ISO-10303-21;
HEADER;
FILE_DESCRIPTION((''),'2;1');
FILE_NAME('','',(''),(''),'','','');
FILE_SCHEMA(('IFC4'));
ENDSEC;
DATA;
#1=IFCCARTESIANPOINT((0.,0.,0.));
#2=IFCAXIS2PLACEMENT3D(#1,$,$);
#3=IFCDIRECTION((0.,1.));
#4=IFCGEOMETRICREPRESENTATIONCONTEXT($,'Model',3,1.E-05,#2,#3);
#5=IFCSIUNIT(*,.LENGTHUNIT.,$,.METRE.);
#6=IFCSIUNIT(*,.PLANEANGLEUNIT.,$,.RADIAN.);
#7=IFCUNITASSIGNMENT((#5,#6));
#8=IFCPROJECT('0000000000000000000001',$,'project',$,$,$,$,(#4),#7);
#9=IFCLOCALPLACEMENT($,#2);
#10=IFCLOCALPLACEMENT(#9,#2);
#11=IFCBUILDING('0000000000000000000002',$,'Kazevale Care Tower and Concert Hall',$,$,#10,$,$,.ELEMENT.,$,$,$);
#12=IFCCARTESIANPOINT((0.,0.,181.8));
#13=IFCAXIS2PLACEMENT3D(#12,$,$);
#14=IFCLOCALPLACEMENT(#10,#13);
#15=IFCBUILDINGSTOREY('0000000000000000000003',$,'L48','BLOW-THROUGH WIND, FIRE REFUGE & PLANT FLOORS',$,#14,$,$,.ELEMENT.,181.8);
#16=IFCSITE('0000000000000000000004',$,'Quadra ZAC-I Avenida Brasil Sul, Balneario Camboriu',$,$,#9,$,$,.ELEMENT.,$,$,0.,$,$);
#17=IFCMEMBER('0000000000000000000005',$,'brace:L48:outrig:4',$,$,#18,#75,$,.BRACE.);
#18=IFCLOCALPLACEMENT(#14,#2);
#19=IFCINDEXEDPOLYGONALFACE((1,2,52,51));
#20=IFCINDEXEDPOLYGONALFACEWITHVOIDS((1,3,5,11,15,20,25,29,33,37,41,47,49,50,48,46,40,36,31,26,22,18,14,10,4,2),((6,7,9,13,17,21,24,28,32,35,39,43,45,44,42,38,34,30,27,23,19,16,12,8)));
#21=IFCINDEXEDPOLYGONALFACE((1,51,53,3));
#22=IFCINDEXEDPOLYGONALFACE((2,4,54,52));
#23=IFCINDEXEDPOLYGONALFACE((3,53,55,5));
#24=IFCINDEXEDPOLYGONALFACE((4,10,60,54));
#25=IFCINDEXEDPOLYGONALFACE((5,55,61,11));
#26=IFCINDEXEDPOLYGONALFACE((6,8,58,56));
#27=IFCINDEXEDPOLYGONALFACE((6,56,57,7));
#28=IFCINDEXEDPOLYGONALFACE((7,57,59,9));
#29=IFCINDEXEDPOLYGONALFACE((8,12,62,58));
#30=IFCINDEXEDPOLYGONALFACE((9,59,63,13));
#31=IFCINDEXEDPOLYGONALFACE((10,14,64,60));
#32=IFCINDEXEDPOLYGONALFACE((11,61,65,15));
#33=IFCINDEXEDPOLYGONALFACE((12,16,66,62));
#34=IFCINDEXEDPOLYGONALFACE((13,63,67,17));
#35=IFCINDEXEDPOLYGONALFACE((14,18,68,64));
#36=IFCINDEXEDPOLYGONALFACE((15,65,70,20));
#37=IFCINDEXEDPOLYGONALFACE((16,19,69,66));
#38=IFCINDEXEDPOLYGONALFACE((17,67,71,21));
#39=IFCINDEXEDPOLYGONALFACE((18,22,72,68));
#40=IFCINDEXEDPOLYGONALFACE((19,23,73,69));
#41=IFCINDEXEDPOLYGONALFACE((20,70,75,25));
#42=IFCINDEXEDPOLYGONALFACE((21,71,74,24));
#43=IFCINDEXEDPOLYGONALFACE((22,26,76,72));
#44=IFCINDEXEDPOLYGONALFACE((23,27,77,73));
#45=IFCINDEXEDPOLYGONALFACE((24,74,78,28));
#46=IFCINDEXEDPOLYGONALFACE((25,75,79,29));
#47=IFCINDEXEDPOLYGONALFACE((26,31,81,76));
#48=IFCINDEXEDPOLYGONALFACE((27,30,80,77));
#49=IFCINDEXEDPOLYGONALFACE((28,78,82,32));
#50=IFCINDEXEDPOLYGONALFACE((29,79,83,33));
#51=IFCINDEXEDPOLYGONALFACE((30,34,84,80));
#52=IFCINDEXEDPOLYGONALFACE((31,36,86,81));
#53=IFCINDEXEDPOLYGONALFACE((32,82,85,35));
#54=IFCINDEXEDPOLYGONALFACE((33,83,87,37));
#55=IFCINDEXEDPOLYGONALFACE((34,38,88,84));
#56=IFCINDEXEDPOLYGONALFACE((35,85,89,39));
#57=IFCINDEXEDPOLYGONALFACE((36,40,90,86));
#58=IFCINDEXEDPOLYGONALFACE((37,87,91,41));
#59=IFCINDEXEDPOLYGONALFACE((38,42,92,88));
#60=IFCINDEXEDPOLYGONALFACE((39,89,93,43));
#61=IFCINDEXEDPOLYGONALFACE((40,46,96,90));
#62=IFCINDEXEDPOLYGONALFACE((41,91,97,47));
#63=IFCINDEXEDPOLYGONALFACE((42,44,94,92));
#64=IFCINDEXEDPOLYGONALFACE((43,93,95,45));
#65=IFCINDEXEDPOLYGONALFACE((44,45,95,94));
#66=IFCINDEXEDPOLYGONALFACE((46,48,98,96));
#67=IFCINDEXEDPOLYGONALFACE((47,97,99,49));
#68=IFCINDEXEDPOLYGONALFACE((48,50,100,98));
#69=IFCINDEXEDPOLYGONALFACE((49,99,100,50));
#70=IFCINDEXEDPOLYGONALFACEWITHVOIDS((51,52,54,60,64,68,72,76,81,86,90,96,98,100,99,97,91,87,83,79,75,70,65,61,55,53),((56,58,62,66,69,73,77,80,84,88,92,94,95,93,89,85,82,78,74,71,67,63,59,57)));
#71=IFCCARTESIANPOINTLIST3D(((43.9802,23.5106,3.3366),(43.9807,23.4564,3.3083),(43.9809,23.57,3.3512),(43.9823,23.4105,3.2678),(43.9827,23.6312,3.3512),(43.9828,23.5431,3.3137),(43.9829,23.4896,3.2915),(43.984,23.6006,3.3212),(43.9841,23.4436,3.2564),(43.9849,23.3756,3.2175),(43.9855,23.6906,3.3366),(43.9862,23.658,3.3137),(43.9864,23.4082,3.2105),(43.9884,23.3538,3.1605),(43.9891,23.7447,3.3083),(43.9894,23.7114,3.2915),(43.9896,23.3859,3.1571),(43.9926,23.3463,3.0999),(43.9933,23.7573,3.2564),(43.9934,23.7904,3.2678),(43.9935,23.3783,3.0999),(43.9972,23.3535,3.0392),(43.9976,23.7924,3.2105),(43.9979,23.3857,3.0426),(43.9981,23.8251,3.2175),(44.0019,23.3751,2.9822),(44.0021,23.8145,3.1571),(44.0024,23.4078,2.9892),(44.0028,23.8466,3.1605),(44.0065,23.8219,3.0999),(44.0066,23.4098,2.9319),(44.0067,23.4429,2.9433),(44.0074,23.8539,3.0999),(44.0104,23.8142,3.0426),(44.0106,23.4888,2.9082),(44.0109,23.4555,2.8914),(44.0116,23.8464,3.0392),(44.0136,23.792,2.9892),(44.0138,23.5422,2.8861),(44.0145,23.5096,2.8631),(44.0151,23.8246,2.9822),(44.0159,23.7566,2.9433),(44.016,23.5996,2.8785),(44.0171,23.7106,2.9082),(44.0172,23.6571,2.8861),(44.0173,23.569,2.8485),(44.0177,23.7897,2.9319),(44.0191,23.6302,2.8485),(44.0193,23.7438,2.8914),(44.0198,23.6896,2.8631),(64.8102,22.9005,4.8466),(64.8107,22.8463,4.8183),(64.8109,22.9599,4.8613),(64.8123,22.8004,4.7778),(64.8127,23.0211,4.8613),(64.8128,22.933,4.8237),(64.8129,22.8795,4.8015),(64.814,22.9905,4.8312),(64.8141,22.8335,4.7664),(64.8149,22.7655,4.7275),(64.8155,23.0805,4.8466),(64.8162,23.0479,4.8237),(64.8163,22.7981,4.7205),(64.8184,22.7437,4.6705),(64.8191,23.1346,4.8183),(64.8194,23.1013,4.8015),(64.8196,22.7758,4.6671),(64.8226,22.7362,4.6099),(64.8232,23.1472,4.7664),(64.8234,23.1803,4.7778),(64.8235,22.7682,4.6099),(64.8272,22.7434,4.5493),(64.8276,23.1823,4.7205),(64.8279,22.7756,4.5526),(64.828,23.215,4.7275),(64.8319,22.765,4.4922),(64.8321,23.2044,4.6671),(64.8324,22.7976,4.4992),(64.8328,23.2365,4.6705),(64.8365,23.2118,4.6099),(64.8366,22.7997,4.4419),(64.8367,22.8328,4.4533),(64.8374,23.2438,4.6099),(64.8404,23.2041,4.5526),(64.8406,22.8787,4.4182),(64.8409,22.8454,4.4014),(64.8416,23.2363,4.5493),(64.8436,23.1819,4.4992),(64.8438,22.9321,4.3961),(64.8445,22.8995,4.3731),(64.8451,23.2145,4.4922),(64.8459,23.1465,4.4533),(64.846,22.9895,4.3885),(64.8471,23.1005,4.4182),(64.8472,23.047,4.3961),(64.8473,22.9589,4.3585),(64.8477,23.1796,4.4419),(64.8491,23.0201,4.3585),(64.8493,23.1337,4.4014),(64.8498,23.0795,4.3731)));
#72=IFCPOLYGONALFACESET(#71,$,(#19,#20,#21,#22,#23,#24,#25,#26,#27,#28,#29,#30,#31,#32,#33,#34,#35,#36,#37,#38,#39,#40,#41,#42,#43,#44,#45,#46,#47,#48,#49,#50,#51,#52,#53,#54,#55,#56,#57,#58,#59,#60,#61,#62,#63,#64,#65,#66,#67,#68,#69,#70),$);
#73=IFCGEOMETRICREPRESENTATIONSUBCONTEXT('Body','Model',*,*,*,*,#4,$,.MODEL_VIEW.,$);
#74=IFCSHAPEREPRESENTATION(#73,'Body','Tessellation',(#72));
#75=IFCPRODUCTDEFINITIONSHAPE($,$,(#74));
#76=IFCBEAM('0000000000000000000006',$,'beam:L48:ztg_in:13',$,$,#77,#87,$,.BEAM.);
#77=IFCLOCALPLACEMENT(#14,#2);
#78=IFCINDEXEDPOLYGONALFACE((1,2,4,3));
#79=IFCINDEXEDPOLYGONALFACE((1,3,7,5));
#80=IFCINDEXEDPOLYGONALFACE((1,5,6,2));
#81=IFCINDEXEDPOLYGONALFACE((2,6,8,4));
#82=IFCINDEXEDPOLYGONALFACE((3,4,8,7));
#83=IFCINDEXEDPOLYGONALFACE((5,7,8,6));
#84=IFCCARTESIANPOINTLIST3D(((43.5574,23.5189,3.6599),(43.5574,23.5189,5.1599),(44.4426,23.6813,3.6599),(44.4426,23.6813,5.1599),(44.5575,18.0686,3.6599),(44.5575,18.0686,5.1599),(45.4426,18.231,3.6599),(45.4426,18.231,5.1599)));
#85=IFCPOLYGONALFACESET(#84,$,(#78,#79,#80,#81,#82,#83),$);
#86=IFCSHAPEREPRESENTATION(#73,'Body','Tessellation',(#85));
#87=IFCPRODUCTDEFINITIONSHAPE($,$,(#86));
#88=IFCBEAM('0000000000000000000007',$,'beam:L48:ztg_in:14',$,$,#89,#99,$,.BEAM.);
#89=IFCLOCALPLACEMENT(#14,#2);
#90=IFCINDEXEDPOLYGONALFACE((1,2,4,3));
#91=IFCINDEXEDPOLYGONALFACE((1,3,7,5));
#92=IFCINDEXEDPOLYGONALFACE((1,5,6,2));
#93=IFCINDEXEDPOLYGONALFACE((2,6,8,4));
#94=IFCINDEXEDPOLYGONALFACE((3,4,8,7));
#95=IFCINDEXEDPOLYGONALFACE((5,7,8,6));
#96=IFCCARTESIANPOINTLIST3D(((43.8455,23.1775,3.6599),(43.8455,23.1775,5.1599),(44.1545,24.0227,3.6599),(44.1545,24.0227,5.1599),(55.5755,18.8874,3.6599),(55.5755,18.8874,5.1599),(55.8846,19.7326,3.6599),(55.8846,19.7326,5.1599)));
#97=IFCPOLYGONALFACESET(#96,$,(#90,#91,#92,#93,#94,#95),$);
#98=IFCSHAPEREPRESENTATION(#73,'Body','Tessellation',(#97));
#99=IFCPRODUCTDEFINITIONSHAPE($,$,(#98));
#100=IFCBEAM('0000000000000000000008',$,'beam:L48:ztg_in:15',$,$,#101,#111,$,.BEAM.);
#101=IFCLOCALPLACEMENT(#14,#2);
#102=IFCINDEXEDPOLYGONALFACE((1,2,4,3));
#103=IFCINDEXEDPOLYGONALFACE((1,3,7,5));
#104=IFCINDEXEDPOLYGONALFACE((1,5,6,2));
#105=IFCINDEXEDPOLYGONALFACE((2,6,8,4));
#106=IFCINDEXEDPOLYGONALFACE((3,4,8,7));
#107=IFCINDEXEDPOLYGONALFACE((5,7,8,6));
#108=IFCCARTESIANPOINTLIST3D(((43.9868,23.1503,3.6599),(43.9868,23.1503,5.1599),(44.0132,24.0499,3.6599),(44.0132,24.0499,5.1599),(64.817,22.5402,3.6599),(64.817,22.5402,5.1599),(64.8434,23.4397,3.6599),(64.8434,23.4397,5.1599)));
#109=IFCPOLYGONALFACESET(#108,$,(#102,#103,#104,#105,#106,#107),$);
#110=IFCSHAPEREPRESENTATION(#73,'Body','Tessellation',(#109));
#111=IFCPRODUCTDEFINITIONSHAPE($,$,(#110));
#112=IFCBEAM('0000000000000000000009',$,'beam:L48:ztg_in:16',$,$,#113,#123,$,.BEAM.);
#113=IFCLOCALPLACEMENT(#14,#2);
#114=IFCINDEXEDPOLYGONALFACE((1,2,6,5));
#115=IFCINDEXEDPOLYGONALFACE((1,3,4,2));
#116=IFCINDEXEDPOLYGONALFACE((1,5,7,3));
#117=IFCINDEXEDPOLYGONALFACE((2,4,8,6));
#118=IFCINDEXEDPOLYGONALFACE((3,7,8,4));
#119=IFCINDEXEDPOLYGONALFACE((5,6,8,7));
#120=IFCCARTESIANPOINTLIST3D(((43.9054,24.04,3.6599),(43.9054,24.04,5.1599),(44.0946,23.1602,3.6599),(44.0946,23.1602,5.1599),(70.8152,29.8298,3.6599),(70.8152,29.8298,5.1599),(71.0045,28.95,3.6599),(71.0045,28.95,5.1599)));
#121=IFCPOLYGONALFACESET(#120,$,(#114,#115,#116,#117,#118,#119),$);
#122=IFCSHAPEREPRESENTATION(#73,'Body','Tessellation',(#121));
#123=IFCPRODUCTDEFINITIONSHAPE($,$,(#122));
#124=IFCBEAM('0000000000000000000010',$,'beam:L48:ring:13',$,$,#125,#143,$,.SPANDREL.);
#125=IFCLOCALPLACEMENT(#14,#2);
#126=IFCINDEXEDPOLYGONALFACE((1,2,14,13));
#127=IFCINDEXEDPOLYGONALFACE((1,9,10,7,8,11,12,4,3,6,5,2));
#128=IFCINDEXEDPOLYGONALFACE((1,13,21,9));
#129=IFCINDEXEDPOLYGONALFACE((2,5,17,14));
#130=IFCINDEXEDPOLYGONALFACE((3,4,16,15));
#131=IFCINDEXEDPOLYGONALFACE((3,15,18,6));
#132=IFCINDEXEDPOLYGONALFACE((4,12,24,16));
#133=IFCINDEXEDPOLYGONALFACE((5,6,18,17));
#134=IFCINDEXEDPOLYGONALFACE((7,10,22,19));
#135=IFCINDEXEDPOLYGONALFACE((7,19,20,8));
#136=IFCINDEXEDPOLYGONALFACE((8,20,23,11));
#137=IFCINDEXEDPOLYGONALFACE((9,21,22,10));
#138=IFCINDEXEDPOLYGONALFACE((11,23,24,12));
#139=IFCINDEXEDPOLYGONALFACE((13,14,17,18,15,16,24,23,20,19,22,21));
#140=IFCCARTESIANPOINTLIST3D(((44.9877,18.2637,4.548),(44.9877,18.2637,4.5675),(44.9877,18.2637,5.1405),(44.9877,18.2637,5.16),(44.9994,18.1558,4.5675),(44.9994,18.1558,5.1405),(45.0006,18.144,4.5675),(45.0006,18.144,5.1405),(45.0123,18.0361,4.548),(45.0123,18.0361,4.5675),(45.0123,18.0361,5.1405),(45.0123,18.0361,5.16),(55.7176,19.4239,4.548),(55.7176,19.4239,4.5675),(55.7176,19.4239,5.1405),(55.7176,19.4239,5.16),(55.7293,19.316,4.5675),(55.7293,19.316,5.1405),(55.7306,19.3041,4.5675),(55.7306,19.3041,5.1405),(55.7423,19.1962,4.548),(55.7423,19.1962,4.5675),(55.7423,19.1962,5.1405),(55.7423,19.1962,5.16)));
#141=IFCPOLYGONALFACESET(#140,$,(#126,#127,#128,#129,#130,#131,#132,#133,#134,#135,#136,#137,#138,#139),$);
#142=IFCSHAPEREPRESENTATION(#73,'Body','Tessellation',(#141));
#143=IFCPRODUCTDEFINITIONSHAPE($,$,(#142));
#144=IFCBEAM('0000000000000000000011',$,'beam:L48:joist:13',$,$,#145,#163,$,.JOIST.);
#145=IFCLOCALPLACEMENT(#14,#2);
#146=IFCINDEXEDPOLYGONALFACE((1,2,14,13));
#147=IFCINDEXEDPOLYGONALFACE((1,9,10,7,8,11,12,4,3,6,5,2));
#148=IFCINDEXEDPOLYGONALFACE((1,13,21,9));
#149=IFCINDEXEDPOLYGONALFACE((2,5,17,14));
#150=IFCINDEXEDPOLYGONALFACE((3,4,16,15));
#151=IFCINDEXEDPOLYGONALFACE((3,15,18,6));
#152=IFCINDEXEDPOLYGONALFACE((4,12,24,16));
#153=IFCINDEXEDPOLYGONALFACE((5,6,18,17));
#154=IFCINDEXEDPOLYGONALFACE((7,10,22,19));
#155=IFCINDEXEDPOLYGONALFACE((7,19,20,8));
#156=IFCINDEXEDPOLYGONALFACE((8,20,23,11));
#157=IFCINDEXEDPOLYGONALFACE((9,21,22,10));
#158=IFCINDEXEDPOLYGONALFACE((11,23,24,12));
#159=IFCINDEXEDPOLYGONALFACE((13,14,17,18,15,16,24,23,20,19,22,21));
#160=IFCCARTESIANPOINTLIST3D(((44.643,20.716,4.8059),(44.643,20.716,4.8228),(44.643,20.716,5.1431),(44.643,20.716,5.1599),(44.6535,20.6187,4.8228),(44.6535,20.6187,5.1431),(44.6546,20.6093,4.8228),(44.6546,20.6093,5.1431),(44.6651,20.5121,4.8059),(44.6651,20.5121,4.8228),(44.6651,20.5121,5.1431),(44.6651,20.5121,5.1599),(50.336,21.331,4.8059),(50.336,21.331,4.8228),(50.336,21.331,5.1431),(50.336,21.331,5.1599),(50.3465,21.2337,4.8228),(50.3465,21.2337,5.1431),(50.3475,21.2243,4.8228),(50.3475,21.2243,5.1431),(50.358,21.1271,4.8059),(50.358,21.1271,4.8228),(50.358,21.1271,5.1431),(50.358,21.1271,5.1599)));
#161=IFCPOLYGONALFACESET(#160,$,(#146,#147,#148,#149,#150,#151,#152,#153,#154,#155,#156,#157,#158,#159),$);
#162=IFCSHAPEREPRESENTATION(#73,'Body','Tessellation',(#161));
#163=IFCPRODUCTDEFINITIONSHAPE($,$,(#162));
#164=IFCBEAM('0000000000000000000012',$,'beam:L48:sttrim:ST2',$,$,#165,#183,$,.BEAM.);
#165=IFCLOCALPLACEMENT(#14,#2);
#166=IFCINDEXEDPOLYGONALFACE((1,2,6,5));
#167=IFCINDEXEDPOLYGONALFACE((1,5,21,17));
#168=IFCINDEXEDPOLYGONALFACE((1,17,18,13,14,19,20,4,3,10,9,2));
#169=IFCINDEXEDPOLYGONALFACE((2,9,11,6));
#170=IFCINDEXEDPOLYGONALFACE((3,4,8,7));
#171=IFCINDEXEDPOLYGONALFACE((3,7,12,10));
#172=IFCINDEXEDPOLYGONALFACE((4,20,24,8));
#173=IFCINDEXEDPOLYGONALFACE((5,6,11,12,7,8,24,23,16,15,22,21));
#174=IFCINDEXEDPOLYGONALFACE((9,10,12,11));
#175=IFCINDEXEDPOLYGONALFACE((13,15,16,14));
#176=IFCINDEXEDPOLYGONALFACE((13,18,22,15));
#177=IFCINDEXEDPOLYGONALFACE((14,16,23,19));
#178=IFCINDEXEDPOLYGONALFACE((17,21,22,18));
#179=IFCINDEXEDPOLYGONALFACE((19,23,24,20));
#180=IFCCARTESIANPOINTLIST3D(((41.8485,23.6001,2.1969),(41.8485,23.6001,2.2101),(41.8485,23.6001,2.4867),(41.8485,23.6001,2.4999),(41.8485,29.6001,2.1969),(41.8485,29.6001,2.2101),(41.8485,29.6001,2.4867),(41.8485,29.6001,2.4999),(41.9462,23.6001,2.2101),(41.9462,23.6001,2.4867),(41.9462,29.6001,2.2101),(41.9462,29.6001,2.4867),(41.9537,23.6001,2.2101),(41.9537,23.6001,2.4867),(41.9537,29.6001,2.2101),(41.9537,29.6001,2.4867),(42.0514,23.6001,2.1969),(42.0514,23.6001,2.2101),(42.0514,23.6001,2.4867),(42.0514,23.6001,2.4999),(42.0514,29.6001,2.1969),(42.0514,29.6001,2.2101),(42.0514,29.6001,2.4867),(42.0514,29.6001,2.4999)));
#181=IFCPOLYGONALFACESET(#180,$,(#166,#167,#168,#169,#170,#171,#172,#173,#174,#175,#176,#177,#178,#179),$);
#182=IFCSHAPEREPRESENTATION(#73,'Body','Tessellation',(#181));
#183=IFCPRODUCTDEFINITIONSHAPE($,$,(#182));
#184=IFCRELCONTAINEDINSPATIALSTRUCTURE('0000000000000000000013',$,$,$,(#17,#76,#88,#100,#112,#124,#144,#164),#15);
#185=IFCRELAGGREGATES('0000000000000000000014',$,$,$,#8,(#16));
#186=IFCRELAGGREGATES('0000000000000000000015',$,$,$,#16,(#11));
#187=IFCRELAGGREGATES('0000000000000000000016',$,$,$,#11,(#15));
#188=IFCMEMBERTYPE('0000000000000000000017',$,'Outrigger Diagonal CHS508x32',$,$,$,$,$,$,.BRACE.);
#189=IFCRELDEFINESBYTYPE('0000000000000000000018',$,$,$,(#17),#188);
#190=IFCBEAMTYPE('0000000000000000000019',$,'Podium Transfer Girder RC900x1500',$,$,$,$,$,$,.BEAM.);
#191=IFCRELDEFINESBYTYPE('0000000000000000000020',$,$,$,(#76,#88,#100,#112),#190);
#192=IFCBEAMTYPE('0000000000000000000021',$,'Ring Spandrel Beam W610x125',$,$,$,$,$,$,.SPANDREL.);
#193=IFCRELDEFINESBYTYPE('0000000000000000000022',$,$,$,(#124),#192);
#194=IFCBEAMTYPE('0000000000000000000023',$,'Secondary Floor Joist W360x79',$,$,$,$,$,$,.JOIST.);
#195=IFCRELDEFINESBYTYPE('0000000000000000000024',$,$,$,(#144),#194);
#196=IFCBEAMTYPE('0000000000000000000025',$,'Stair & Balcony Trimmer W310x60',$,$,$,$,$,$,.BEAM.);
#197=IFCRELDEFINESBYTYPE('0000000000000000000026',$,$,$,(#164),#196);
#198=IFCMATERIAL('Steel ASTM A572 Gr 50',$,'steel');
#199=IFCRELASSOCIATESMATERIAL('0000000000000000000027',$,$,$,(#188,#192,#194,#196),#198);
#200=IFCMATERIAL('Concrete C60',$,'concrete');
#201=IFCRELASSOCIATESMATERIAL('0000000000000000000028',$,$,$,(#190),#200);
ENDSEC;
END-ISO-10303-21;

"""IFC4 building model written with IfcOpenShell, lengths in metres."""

from ifc_helpers import new_model, si_unit, direction, frame, origin, origin_2d, place, context, subcontext, project, spatial, rectangle, hollow_circle, i_section, extrude, material, material_profile, profile_set, type_object, element, save


model = new_model("IFC4")

# Units and contexts
model_context = context("Model", 3, precision=1e-05, world=origin(), true_north=direction((0.0, 1.0)))
body_context = subcontext(model_context, "Body", "Model", "MODEL_VIEW")
ifc_project = project(units=[si_unit("LENGTHUNIT", "METRE"), si_unit("PLANEANGLEUNIT", "RADIAN")], contexts=[model_context])

# Site, building, storey
site_placement = place(None, origin())
site = spatial("IfcSite", under=ifc_project, at=site_placement, Name="Quadra ZAC-I Avenida Brasil Sul, Balneario Camboriu", CompositionType="ELEMENT", RefElevation=0.0)
building_placement = place(site_placement, origin())
building = spatial("IfcBuilding", under=site, at=building_placement, Name="Kazevale Care Tower and Concert Hall", CompositionType="ELEMENT")
storey_placement = place(building_placement, frame((0.0, 0.0, 181.8)))
storey = spatial("IfcBuildingStorey", under=building, at=storey_placement, Name="L48", Description="BLOW-THROUGH WIND, FIRE REFUGE & PLANT FLOORS", CompositionType="ELEMENT", Elevation=181.8)

# Shared definitions
ifc_material_1 = material(Name="Concrete C60", Category="concrete")

# Shared definitions
ifc_material_2 = material(Name="Steel ASTM A572 Gr 50", Category="steel")

# Member
ifc_material_profile_1 = material_profile(ifc_material_2, hollow_circle(Radius=0.2539, WallThickness=0.032, at=origin_2d()), Name="CHS508x32")
ifc_profile_set_1 = profile_set([ifc_material_profile_1], Name="Steel ASTM A572 Gr 50")
member_type_1 = type_object("IfcMemberType", Name="Outrigger Diagonal CHS508x32", PredefinedType="BRACE", material=ifc_profile_set_1)
member_1_placement = place(storey_placement, frame((44.0, 23.6001, 3.0999), z_axis=(0.996957, -0.029201, 0.072271), x_axis=(0.029277, 0.999571, 0.0)))
element("IfcMember", 1, at=member_1_placement, inside=storey, type_object=member_type_1, Name="brace:L48:outrig:4", PredefinedType="BRACE", context=body_context, shape_type="SweptSolid", body=[
    extrude(hollow_circle(Radius=0.2539, WallThickness=0.032, at=origin_2d()), origin(), (0.0, 0.0, 1.0), 20.8936),
])

# Beams
ifc_material_profile_2 = material_profile(ifc_material_1, rectangle(XDim=0.8999, YDim=1.5, at=origin_2d()), Name="RC-TG900x1500")
ifc_profile_set_2 = profile_set([ifc_material_profile_2], Name="Concrete C60")
beam_type_1 = type_object("IfcBeamType", Name="Podium Transfer Girder RC900x1500", PredefinedType="BEAM", material=ifc_profile_set_2)
beam_1_placement = place(storey_placement, frame((44.0, 23.6001, 4.4099), z_axis=(0.180467, -0.983581, 0.0), x_axis=(0.983581, 0.180467, 0.0)))
element("IfcBeam", 2, at=beam_1_placement, inside=storey, type_object=beam_type_1, Name="beam:L48:ztg_in:13", PredefinedType="BEAM", context=body_context, shape_type="SweptSolid", body=[
    extrude(rectangle(XDim=0.8999, YDim=1.5, at=origin_2d()), origin(), (0.0, 0.0, 1.0), 5.5413),
])
beam_2_placement = place(storey_placement, frame((44.0, 23.6001, 4.4099), z_axis=(0.939159, -0.343481, 0.0), x_axis=(0.343481, 0.939159, 0.0)))
element("IfcBeam", 3, at=beam_2_placement, inside=storey, type_object=beam_type_1, Name="beam:L48:ztg_in:14", PredefinedType="BEAM", context=body_context, shape_type="SweptSolid", body=[
    extrude(rectangle(XDim=0.8999, YDim=1.5, at=origin_2d()), origin(), (0.0, 0.0, 1.0), 12.49),
])
beam_3_placement = place(storey_placement, frame((44.0, 23.6001, 4.4099), z_axis=(0.999571, -0.029277, 0.0), x_axis=(0.029277, 0.999571, 0.0)))
element("IfcBeam", 4, at=beam_3_placement, inside=storey, type_object=beam_type_1, Name="beam:L48:ztg_in:15", PredefinedType="BEAM", context=body_context, shape_type="SweptSolid", body=[
    extrude(rectangle(XDim=0.8999, YDim=1.5, at=origin_2d()), origin(), (0.0, 0.0, 1.0), 20.8391),
])
beam_4_placement = place(storey_placement, frame((44.0, 23.6001, 4.4099), z_axis=(0.977628, 0.210341, 0.0), x_axis=(-0.210341, 0.977628, 0.0)))
element("IfcBeam", 5, at=beam_4_placement, inside=storey, type_object=beam_type_1, Name="beam:L48:ztg_in:16", PredefinedType="BEAM", context=body_context, shape_type="SweptSolid", body=[
    extrude(rectangle(XDim=0.8999, YDim=1.5, at=origin_2d()), origin(), (0.0, 0.0, 1.0), 27.5256),
])
ifc_material_profile_3 = material_profile(ifc_material_2, i_section(OverallWidth=0.229, OverallDepth=0.6121, WebThickness=0.012, FlangeThickness=0.0195, at=origin_2d()), Name="W610x125")
ifc_profile_set_3 = profile_set([ifc_material_profile_3], Name="Steel ASTM A572 Gr 50")
beam_type_2 = type_object("IfcBeamType", Name="Ring Spandrel Beam W610x125", PredefinedType="SPANDREL", material=ifc_profile_set_3)
beam_5_placement = place(storey_placement, frame((45.0, 18.1499, 4.854), z_axis=(0.994205, 0.107496, 0.0), x_axis=(-0.107496, 0.994205, 0.0)))
element("IfcBeam", 6, at=beam_5_placement, inside=storey, type_object=beam_type_2, Name="beam:L48:ring:13", PredefinedType="SPANDREL", context=body_context, shape_type="SweptSolid", body=[
    extrude(i_section(OverallWidth=0.229, OverallDepth=0.6121, WebThickness=0.012, FlangeThickness=0.0195, at=origin_2d()), origin(), (0.0, 0.0, 1.0), 10.7925),
])
ifc_material_profile_4 = material_profile(ifc_material_2, i_section(OverallWidth=0.2051, OverallDepth=0.354, WebThickness=0.0095, FlangeThickness=0.0168, at=origin_2d()), Name="W360x79")
ifc_profile_set_4 = profile_set([ifc_material_profile_4], Name="Steel ASTM A572 Gr 50")
beam_type_3 = type_object("IfcBeamType", Name="Secondary Floor Joist W360x79", PredefinedType="JOIST", material=ifc_profile_set_4)
beam_6_placement = place(storey_placement, frame((44.6541, 20.614, 4.9829), z_axis=(0.994216, 0.107403, 0.0), x_axis=(-0.107403, 0.994216, 0.0)))
element("IfcBeam", 7, at=beam_6_placement, inside=storey, type_object=beam_type_3, Name="beam:L48:joist:13", PredefinedType="JOIST", context=body_context, shape_type="SweptSolid", body=[
    extrude(i_section(OverallWidth=0.2051, OverallDepth=0.354, WebThickness=0.0095, FlangeThickness=0.0168, at=origin_2d()), origin(), (0.0, 0.0, 1.0), 5.7261),
])
ifc_material_profile_5 = material_profile(ifc_material_2, i_section(OverallWidth=0.2029, OverallDepth=0.303, WebThickness=0.0076, FlangeThickness=0.0132, at=origin_2d()), Name="W310x60")
ifc_profile_set_5 = profile_set([ifc_material_profile_5], Name="Steel ASTM A572 Gr 50")
beam_type_4 = type_object("IfcBeamType", Name="Stair & Balcony Trimmer W310x60", PredefinedType="BEAM", material=ifc_profile_set_5)
for number, where, z_axis, x_axis, name in (
    (8, (41.95, 23.6001, 2.3484), (0.0, 1.0, 0.0), (-1.0, 0.0, 0.0), "beam:L48:sttrim:ST2"),
):
    element("IfcBeam", number, at=place(storey_placement, frame(where, z_axis=z_axis, x_axis=x_axis)), inside=storey, type_object=beam_type_4, Name=name, PredefinedType="BEAM", context=body_context, shape_type="SweptSolid", body=[
        extrude(i_section(OverallWidth=0.2029, OverallDepth=0.303, WebThickness=0.0076, FlangeThickness=0.0132, at=origin_2d()), origin(), (0.0, 0.0, 1.0), 6.0),
    ])

save(model, "model.ifc")
